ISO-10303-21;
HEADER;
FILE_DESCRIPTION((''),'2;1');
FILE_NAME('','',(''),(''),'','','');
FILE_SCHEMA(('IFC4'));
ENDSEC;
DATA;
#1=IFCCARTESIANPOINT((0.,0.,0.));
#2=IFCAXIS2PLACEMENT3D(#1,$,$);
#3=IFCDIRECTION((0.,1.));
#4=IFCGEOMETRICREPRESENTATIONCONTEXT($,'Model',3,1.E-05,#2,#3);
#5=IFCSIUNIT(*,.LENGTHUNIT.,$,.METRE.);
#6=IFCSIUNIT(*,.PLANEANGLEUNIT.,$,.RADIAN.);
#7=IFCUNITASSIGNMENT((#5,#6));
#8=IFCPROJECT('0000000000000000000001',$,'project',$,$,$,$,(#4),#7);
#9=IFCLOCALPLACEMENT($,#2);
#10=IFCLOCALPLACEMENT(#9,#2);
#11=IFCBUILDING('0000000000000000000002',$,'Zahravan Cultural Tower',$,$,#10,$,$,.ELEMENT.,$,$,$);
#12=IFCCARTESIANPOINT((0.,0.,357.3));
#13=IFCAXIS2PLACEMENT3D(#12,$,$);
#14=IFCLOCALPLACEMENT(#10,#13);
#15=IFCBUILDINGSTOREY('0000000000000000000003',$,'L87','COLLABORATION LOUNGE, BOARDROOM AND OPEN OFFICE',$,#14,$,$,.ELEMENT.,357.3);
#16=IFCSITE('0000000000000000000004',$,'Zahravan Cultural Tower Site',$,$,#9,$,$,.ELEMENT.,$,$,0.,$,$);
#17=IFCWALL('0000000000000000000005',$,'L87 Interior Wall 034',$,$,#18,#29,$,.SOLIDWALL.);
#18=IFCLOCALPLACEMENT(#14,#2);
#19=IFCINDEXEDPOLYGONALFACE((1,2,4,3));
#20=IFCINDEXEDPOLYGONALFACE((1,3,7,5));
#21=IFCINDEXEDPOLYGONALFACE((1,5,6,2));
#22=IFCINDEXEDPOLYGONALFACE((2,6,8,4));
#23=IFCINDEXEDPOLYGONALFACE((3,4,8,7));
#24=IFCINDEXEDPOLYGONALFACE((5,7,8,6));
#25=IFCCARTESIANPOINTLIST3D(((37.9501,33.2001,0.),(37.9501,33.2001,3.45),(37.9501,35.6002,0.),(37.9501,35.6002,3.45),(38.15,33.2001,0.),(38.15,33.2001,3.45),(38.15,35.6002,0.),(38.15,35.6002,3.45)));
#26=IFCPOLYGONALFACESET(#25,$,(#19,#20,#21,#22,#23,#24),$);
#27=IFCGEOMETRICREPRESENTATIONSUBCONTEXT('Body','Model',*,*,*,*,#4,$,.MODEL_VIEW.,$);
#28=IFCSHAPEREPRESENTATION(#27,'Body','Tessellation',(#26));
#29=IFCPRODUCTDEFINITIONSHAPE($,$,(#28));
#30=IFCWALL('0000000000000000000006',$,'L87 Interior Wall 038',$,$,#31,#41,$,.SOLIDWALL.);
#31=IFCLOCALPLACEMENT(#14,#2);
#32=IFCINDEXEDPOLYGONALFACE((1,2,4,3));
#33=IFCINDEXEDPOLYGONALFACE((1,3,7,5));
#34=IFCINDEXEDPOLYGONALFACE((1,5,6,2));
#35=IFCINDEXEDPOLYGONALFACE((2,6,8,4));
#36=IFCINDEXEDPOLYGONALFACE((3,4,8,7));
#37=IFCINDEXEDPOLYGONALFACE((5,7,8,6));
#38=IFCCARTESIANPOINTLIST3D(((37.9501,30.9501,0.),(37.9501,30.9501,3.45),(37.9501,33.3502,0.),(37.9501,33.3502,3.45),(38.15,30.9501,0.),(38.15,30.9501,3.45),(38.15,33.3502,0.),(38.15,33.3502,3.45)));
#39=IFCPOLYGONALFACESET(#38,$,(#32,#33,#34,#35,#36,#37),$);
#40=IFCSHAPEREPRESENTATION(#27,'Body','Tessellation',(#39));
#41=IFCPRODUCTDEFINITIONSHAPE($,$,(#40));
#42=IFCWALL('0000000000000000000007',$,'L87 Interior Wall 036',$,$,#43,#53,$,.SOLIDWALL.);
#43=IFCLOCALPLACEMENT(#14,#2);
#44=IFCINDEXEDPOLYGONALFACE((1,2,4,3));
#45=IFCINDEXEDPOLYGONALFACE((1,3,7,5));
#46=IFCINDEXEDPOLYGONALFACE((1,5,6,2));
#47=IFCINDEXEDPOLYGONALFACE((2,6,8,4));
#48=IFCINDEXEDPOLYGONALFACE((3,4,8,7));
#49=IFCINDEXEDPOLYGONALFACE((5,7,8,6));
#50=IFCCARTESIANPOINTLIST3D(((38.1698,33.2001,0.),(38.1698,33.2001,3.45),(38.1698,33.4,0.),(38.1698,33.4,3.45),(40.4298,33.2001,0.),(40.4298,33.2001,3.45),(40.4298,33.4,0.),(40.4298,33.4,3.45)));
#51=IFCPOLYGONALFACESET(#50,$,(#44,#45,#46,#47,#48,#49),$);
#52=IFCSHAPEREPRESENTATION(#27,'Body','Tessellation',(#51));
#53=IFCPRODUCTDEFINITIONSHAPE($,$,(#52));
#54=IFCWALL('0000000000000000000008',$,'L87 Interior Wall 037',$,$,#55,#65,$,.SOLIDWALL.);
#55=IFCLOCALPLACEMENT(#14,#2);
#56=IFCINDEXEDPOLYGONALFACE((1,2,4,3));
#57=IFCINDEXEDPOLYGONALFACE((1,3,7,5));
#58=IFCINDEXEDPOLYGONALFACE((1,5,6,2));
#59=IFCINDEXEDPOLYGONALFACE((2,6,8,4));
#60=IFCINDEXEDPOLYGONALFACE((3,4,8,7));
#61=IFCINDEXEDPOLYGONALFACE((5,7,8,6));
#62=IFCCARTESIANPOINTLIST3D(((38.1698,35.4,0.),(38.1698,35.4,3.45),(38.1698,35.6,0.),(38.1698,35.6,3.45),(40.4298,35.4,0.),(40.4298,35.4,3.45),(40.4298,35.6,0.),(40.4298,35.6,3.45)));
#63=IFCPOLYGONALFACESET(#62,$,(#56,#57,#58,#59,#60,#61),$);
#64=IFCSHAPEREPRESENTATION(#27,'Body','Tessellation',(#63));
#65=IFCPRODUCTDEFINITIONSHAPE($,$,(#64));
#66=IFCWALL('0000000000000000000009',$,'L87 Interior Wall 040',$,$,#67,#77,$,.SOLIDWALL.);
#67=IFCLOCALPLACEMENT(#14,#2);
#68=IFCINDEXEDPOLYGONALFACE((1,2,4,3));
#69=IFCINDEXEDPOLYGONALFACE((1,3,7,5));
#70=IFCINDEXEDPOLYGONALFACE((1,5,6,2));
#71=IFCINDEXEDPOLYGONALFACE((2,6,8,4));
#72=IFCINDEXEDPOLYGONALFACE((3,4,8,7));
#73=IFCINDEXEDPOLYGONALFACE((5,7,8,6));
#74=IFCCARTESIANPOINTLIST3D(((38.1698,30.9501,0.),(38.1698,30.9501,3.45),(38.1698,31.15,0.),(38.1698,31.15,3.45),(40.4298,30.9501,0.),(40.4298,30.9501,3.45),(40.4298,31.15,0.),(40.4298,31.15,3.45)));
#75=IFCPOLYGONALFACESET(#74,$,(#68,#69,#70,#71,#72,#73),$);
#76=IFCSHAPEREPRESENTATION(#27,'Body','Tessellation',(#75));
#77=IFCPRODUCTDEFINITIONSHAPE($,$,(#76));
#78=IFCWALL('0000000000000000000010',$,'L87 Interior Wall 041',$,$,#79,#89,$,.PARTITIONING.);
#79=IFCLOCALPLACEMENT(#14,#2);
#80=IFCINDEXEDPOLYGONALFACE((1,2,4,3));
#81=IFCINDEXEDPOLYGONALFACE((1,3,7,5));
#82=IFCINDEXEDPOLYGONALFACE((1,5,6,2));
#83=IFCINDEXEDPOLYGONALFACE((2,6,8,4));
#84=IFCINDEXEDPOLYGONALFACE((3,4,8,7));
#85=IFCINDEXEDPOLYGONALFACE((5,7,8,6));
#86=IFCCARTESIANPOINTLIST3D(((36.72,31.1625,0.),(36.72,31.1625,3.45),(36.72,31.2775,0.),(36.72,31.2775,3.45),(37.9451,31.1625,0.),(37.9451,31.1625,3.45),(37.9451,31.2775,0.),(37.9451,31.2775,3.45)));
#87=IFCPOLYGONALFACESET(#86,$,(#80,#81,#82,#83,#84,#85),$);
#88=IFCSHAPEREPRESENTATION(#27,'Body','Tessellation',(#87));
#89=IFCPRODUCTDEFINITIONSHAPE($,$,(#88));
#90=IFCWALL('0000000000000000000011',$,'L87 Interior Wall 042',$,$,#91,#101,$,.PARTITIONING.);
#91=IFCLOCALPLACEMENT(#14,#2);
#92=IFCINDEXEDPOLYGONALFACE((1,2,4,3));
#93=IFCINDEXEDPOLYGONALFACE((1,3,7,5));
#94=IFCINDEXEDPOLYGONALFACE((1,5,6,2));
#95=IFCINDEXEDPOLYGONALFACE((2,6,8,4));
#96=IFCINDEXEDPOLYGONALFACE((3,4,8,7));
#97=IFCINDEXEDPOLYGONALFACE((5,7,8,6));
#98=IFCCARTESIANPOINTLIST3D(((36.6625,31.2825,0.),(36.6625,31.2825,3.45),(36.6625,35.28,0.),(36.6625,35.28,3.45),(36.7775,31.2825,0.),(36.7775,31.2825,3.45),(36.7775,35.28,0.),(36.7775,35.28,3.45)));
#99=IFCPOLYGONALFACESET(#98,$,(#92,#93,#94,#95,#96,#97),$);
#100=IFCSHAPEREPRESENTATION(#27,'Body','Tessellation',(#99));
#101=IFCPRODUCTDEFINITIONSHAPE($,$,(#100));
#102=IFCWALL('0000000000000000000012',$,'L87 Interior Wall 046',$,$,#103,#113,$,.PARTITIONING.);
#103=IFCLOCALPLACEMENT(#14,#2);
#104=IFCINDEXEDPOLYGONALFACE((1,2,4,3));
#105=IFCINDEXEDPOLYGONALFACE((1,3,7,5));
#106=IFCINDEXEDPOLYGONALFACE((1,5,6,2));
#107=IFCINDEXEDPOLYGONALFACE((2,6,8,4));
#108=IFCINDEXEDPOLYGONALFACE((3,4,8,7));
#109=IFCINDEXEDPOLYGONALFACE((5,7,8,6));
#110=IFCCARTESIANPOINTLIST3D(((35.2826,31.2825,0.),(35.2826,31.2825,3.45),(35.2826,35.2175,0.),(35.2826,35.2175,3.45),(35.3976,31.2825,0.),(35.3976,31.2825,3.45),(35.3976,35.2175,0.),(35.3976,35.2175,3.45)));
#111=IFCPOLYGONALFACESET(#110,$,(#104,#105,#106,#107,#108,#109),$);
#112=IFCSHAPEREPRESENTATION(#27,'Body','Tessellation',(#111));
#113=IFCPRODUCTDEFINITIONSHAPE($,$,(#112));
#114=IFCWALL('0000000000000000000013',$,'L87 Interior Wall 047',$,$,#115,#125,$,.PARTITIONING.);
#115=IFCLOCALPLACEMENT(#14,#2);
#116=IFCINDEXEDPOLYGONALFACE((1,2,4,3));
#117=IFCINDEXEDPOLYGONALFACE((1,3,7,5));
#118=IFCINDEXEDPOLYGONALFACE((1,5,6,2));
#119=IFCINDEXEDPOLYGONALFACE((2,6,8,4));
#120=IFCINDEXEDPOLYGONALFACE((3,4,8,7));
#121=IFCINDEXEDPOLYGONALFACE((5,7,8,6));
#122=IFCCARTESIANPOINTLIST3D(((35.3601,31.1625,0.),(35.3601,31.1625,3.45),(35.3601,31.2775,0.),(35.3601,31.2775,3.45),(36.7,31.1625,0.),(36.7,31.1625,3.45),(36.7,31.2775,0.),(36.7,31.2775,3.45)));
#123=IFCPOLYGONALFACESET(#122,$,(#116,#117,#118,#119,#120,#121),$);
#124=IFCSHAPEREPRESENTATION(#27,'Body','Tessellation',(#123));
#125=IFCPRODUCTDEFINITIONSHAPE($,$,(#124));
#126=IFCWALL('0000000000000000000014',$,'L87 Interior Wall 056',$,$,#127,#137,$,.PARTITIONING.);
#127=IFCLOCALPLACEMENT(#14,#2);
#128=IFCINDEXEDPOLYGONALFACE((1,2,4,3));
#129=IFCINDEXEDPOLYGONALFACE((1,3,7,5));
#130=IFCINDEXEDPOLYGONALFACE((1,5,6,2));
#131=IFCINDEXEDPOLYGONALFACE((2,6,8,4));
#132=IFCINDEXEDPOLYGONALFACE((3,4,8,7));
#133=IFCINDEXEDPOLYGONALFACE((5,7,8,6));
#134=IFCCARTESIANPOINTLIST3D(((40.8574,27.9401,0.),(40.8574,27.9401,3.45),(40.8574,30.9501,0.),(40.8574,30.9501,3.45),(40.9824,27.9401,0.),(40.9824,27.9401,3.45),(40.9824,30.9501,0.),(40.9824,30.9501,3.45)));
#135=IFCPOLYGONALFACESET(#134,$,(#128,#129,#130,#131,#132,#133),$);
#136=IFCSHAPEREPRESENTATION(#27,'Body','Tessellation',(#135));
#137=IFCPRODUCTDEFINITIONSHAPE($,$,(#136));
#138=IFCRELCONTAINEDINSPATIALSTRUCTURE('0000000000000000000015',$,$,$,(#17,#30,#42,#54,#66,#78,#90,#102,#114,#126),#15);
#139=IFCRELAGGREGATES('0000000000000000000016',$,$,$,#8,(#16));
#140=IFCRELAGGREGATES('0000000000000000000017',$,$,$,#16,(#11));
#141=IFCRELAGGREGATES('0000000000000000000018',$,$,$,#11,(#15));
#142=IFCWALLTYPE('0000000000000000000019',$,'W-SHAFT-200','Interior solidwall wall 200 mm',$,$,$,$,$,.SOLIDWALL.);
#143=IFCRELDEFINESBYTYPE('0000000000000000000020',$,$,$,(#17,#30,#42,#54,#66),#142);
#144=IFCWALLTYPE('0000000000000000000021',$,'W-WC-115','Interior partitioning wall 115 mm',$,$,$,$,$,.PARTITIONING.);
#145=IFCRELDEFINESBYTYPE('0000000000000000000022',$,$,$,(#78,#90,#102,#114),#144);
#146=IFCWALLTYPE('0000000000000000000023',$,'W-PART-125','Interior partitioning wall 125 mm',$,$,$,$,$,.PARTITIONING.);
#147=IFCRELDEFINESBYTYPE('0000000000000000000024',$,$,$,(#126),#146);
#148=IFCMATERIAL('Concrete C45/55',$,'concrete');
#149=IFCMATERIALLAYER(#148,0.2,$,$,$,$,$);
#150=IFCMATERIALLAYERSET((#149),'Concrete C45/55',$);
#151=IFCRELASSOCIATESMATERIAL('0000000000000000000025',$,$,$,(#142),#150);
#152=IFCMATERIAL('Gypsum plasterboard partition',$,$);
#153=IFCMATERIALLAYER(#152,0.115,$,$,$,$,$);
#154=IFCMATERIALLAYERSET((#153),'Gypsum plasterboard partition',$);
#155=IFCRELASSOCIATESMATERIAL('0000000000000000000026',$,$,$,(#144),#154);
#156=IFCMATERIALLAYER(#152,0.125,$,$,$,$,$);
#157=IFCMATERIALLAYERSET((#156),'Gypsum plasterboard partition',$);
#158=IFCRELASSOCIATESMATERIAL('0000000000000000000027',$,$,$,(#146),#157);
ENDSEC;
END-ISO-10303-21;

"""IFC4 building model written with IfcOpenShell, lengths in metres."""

from ifc_helpers import new_model, si_unit, direction, frame, frame_2d, origin, place, context, subcontext, project, spatial, rectangle, extrude, source, transform, mapped, material, layer, layer_set, type_object, element, save


model = new_model("IFC4")

# Units and contexts
model_context = context("Model", 3, precision=1e-05, world=origin(), true_north=direction((0.0, 1.0)))
body_context = subcontext(model_context, "Body", "Model", "MODEL_VIEW")
ifc_project = project(units=[si_unit("LENGTHUNIT", "METRE"), si_unit("PLANEANGLEUNIT", "RADIAN")], contexts=[model_context])

# Site, building, storey
site_placement = place(None, origin())
site = spatial("IfcSite", under=ifc_project, at=site_placement, Name="Zahravan Cultural Tower Site", CompositionType="ELEMENT", RefElevation=0.0)
building_placement = place(site_placement, origin())
building = spatial("IfcBuilding", under=site, at=building_placement, Name="Zahravan Cultural Tower", CompositionType="ELEMENT")
storey_placement = place(building_placement, frame((0.0, 0.0, 357.3)))
storey = spatial("IfcBuildingStorey", under=building, at=storey_placement, Name="L87", Description="COLLABORATION LOUNGE, BOARDROOM AND OPEN OFFICE", CompositionType="ELEMENT", Elevation=357.3)

# Shared definitions
ifc_material_1 = material(Name="Concrete C45/55", Category="concrete")
ifc_layer_1 = layer(ifc_material_1, 0.2)
ifc_layer_set_1 = layer_set([ifc_layer_1], Name="Concrete C45/55")
wall_type_1 = type_object("IfcWallType", Name="W-SHAFT-200", Description="Interior solidwall wall 200 mm", PredefinedType="SOLIDWALL", material=ifc_layer_set_1)
ifc_material_2 = material(Name="Gypsum plasterboard partition")
ifc_layer_2 = layer(ifc_material_2, 0.115)
ifc_layer_set_2 = layer_set([ifc_layer_2], Name="Gypsum plasterboard partition")
wall_type_2 = type_object("IfcWallType", Name="W-WC-115", Description="Interior partitioning wall 115 mm", PredefinedType="PARTITIONING", material=ifc_layer_set_2)

# Walls
shared_shape_1 = source(origin(), body_context, "Body", "SweptSolid", [
    extrude(rectangle(XDim=2.4001, YDim=0.2, at=frame_2d((1.2002, 0.0))), origin(), (0.0, 0.0, 1.0), 3.45),
])
for number, where, z_axis, x_axis, name in (
    (1, (38.05, 33.2, 0.0), (0.0, 0.0, 1.0), (0.0, 1.0, 0.0), "L87 Interior Wall 034"),
    (2, (38.05, 30.95, 0.0), (0.0, 0.0, 1.0), (0.0, 1.0, 0.0), "L87 Interior Wall 038"),
):
    element("IfcWall", number, at=place(storey_placement, frame(where, z_axis=z_axis, x_axis=x_axis)), inside=storey, type_object=wall_type_1, Name=name, PredefinedType="SOLIDWALL", context=body_context, shape_type="MappedRepresentation", body=[
        mapped(shared_shape_1, transform((0.0, 0.0, 0.0), x_axis=(1.0, 0.0, 0.0), y_axis=(0.0, 1.0, 0.0), z_axis=(0.0, 0.0, 1.0), scale=1.0)),
    ])
shared_shape_2 = source(origin(), body_context, "Body", "SweptSolid", [
    extrude(rectangle(XDim=2.26, YDim=0.2, at=frame_2d((1.1299, 0.0))), origin(), (0.0, 0.0, 1.0), 3.45),
])
for number, where, z_axis, x_axis, name in (
    (3, (38.1699, 33.3, 0.0), (0.0, 0.0, 1.0), (1.0, 0.0, 0.0), "L87 Interior Wall 036"),
    (4, (38.1699, 35.5, 0.0), (0.0, 0.0, 1.0), (1.0, 0.0, 0.0), "L87 Interior Wall 037"),
    (5, (38.1699, 31.05, 0.0), (0.0, 0.0, 1.0), (1.0, 0.0, 0.0), "L87 Interior Wall 040"),
):
    element("IfcWall", number, at=place(storey_placement, frame(where, z_axis=z_axis, x_axis=x_axis)), inside=storey, type_object=wall_type_1, Name=name, PredefinedType="SOLIDWALL", context=body_context, shape_type="MappedRepresentation", body=[
        mapped(shared_shape_2, transform((0.0, 0.0, 0.0), x_axis=(1.0, 0.0, 0.0), y_axis=(0.0, 1.0, 0.0), z_axis=(0.0, 0.0, 1.0), scale=1.0)),
    ])
shared_shape_3 = source(origin(), body_context, "Body", "SweptSolid", [
    extrude(rectangle(XDim=1.2251, YDim=0.115, at=frame_2d((0.6125, 0.0))), origin(), (0.0, 0.0, 1.0), 3.45),
])
wall_1_placement = place(storey_placement, frame((37.9451, 31.22, 0.0), z_axis=(0.0, 0.0, 1.0), x_axis=(-1.0, 0.0, 0.0)))
element("IfcWall", 6, at=wall_1_placement, inside=storey, type_object=wall_type_2, Name="L87 Interior Wall 041", PredefinedType="PARTITIONING", context=body_context, shape_type="MappedRepresentation", body=[
    mapped(shared_shape_3, transform((0.0, 0.0, 0.0), x_axis=(1.0, 0.0, 0.0), y_axis=(0.0, 1.0, 0.0), z_axis=(0.0, 0.0, 1.0), scale=1.0)),
])
shared_shape_4 = source(origin(), body_context, "Body", "SweptSolid", [
    extrude(rectangle(XDim=3.9976, YDim=0.115, at=frame_2d((1.9988, 0.0))), origin(), (0.0, 0.0, 1.0), 3.45),
])
wall_2_placement = place(storey_placement, frame((36.72, 31.2825, 0.0), z_axis=(0.0, 0.0, 1.0), x_axis=(0.0, 1.0, 0.0)))
element("IfcWall", 7, at=wall_2_placement, inside=storey, type_object=wall_type_2, Name="L87 Interior Wall 042", PredefinedType="PARTITIONING", context=body_context, shape_type="MappedRepresentation", body=[
    mapped(shared_shape_4, transform((0.0, 0.0, 0.0), x_axis=(1.0, 0.0, 0.0), y_axis=(0.0, 1.0, 0.0), z_axis=(0.0, 0.0, 1.0), scale=1.0)),
])
shared_shape_5 = source(origin(), body_context, "Body", "SweptSolid", [
    extrude(rectangle(XDim=3.9351, YDim=0.115, at=frame_2d((1.9675, 0.0))), origin(), (0.0, 0.0, 1.0), 3.45),
])
wall_3_placement = place(storey_placement, frame((35.3401, 35.2175, 0.0), z_axis=(0.0, 0.0, 1.0), x_axis=(0.0, -1.0, 0.0)))
element("IfcWall", 8, at=wall_3_placement, inside=storey, type_object=wall_type_2, Name="L87 Interior Wall 046", PredefinedType="PARTITIONING", context=body_context, shape_type="MappedRepresentation", body=[
    mapped(shared_shape_5, transform((0.0, 0.0, 0.0), x_axis=(1.0, 0.0, 0.0), y_axis=(0.0, 1.0, 0.0), z_axis=(0.0, 0.0, 1.0), scale=1.0)),
])
shared_shape_6 = source(origin(), body_context, "Body", "SweptSolid", [
    extrude(rectangle(XDim=1.3398, YDim=0.115, at=frame_2d((0.6699, 0.0))), origin(), (0.0, 0.0, 1.0), 3.45),
])
wall_4_placement = place(storey_placement, frame((36.7, 31.22, 0.0), z_axis=(0.0, 0.0, 1.0), x_axis=(-1.0, 0.0, 0.0)))
element("IfcWall", 9, at=wall_4_placement, inside=storey, type_object=wall_type_2, Name="L87 Interior Wall 047", PredefinedType="PARTITIONING", context=body_context, shape_type="MappedRepresentation", body=[
    mapped(shared_shape_6, transform((0.0, 0.0, 0.0), x_axis=(1.0, 0.0, 0.0), y_axis=(0.0, 1.0, 0.0), z_axis=(0.0, 0.0, 1.0), scale=1.0)),
])
ifc_layer_3 = layer(ifc_material_2, 0.125)
ifc_layer_set_3 = layer_set([ifc_layer_3], Name="Gypsum plasterboard partition")
wall_type_3 = type_object("IfcWallType", Name="W-PART-125", Description="Interior partitioning wall 125 mm", PredefinedType="PARTITIONING", material=ifc_layer_set_3)
shared_shape_7 = source(origin(), body_context, "Body", "SweptSolid", [
    extrude(rectangle(XDim=3.01, YDim=0.125, at=frame_2d((1.5049, 0.0))), origin(), (0.0, 0.0, 1.0), 3.45),
])
wall_5_placement = place(storey_placement, frame((40.9199, 30.95, 0.0), z_axis=(0.0, 0.0, 1.0), x_axis=(0.0, -1.0, 0.0)))
element("IfcWall", 10, at=wall_5_placement, inside=storey, type_object=wall_type_3, Name="L87 Interior Wall 056", PredefinedType="PARTITIONING", context=body_context, shape_type="MappedRepresentation", body=[
    mapped(shared_shape_7, transform((0.0, 0.0, 0.0), x_axis=(1.0, 0.0, 0.0), y_axis=(0.0, 1.0, 0.0), z_axis=(0.0, 0.0, 1.0), scale=1.0)),
])

save(model, "model.ifc")
